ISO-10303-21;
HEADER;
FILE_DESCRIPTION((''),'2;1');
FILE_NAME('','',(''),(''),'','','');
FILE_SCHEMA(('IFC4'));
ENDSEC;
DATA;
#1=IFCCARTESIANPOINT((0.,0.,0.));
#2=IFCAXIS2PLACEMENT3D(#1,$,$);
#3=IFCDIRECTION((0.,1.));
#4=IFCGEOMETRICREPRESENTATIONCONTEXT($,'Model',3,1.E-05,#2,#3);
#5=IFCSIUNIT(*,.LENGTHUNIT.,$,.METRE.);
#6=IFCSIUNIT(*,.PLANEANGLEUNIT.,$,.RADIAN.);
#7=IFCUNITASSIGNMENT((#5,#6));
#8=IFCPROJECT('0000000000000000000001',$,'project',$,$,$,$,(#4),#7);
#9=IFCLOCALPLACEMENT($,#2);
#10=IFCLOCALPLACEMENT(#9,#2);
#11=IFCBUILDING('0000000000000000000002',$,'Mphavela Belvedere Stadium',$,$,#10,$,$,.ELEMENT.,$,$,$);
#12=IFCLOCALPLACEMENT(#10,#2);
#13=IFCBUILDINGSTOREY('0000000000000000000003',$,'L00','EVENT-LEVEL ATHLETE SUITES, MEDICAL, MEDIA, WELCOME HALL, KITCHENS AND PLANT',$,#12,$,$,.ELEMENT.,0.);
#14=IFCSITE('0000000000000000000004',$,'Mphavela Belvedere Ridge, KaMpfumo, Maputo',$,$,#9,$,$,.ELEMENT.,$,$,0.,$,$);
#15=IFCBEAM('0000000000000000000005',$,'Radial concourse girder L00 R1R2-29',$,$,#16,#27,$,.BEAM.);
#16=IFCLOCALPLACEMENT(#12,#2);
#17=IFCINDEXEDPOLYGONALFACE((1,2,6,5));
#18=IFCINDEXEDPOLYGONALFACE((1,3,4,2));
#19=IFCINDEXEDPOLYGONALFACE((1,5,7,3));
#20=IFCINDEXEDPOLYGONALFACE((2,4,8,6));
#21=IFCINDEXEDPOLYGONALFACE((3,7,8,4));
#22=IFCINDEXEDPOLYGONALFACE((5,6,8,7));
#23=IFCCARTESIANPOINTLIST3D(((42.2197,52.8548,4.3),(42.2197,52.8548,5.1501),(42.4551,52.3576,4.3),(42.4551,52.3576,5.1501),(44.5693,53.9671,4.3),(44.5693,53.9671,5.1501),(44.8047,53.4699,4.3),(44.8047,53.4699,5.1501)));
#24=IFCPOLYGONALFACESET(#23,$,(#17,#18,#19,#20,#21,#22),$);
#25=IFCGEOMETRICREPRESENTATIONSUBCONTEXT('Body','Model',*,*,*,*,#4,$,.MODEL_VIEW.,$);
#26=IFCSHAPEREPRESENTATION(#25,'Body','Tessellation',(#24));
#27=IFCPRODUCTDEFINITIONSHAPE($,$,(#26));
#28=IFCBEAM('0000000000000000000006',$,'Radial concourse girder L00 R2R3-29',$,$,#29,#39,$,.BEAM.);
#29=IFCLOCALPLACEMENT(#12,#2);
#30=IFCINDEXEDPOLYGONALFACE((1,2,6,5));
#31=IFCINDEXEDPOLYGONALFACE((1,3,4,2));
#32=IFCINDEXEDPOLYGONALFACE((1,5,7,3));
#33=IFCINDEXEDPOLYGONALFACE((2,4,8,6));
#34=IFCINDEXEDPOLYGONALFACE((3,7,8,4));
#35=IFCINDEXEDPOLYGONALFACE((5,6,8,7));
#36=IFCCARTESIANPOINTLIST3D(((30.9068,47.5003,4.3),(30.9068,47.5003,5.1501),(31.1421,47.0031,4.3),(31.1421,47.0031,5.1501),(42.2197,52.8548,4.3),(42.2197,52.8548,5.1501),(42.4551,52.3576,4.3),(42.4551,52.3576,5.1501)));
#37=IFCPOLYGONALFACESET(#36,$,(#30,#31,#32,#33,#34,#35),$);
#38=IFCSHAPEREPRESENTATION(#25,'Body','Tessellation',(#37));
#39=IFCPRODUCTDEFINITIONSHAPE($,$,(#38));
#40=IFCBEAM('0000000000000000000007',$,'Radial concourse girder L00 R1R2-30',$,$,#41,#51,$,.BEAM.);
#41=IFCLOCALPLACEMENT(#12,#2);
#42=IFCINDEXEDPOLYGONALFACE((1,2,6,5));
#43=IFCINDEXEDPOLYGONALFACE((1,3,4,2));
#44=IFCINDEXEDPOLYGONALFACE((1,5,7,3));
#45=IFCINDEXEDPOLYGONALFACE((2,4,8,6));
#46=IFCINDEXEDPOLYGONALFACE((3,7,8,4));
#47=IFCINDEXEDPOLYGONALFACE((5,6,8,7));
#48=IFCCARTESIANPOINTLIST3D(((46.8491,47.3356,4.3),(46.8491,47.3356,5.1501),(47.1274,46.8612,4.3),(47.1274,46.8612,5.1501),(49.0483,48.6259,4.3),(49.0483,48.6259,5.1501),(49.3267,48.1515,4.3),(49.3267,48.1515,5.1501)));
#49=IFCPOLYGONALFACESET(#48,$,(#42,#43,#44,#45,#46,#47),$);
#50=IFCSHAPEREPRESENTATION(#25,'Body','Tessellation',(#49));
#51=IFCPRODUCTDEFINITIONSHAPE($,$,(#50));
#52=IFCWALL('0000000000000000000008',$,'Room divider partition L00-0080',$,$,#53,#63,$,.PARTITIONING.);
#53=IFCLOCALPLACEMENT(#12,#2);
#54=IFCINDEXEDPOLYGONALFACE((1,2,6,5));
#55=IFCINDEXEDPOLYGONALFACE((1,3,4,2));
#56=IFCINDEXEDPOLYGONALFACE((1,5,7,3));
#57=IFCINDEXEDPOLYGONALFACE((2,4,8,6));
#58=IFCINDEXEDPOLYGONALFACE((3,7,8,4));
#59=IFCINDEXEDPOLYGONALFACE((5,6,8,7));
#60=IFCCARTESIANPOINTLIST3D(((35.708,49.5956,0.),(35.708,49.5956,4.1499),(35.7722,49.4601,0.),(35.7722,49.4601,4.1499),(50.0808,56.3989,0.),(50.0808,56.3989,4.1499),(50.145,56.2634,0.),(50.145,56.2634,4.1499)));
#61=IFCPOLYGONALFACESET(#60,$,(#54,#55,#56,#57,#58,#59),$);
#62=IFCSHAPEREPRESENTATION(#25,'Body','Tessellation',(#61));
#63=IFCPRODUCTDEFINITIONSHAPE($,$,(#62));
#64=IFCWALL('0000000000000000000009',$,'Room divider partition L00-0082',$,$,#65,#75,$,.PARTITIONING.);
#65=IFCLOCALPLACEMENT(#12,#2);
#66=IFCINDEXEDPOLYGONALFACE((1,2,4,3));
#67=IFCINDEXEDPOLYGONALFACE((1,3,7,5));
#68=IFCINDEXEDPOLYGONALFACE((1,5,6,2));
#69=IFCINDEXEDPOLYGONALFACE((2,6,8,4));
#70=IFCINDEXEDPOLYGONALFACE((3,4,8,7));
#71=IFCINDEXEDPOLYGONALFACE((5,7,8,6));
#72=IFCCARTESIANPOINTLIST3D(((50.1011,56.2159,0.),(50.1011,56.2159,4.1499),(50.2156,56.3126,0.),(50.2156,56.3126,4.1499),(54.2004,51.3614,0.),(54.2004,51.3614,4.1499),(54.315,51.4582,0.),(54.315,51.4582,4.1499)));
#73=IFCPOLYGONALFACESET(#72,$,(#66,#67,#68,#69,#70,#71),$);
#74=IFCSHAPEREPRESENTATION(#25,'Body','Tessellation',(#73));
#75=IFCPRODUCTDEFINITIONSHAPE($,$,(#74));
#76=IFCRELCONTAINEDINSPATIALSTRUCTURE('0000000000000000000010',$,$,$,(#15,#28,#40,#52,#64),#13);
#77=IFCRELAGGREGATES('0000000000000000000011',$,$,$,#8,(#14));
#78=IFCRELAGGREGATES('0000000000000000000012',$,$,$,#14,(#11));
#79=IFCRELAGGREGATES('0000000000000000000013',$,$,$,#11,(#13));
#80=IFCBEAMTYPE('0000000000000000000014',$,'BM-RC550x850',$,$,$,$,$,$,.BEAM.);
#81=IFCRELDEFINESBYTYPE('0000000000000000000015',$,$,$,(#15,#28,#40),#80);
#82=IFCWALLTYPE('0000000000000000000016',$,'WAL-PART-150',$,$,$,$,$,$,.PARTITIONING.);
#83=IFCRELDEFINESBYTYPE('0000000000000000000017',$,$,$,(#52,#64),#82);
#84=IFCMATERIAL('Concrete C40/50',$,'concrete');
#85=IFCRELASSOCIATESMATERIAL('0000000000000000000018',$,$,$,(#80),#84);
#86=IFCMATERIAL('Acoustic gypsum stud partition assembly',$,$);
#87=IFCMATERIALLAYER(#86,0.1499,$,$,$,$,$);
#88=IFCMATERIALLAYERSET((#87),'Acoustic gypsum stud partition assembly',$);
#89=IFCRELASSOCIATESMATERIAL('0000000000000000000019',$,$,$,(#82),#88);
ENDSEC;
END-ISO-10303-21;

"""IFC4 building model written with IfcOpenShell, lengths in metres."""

from ifc_helpers import new_model, si_unit, direction, frame, frame_2d, origin, origin_2d, place, context, subcontext, project, spatial, rectangle, extrude, material, layer, layer_set, material_profile, profile_set, type_object, element, save


model = new_model("IFC4")

# Units and contexts
model_context = context("Model", 3, precision=1e-05, world=origin(), true_north=direction((0.0, 1.0)))
body_context = subcontext(model_context, "Body", "Model", "MODEL_VIEW")
ifc_project = project(units=[si_unit("LENGTHUNIT", "METRE"), si_unit("PLANEANGLEUNIT", "RADIAN")], contexts=[model_context])

# Site, building, storey
site_placement = place(None, origin())
site = spatial("IfcSite", under=ifc_project, at=site_placement, Name="Mphavela Belvedere Ridge, KaMpfumo, Maputo", CompositionType="ELEMENT", RefElevation=0.0)
building_placement = place(site_placement, origin())
building = spatial("IfcBuilding", under=site, at=building_placement, Name="Mphavela Belvedere Stadium", CompositionType="ELEMENT")
storey_placement = place(building_placement, origin())
storey = spatial("IfcBuildingStorey", under=building, at=storey_placement, Name="L00", Description="EVENT-LEVEL ATHLETE SUITES, MEDICAL, MEDIA, WELCOME HALL, KITCHENS AND PLANT", CompositionType="ELEMENT", Elevation=0.0)

# Beams
ifc_material_1 = material(Name="Concrete C40/50", Category="concrete")
ifc_material_profile_1 = material_profile(ifc_material_1, rectangle(XDim=0.55, YDim=0.8501, at=origin_2d()), Name="RC 550x850")
ifc_profile_set_1 = profile_set([ifc_material_profile_1], Name="Concrete C40/50")
beam_type_1 = type_object("IfcBeamType", Name="BM-RC550x850", PredefinedType="BEAM", material=ifc_profile_set_1)
beam_1_placement = place(storey_placement, frame((44.687, 53.7185, 4.7251), z_axis=(-0.903837, -0.427876, 0.0), x_axis=(0.427876, -0.903837, 0.0)))
element("IfcBeam", 1, at=beam_1_placement, inside=storey, type_object=beam_type_1, Name="Radial concourse girder L00 R1R2-29", PredefinedType="BEAM", context=body_context, shape_type="SweptSolid", body=[
    extrude(rectangle(XDim=0.55, YDim=0.8501, at=origin_2d()), origin(), (0.0, 0.0, 1.0), 2.5996),
])
beam_2_placement = place(storey_placement, frame((42.3374, 52.6062, 4.7251), z_axis=(-0.90387, -0.427806, 0.0), x_axis=(0.427806, -0.90387, 0.0)))
element("IfcBeam", 2, at=beam_2_placement, inside=storey, type_object=beam_type_1, Name="Radial concourse girder L00 R2R3-29", PredefinedType="BEAM", context=body_context, shape_type="SweptSolid", body=[
    extrude(rectangle(XDim=0.55, YDim=0.8501, at=origin_2d()), origin(), (0.0, 0.0, 1.0), 12.5161),
])
beam_3_placement = place(storey_placement, frame((49.1875, 48.3887, 4.7251), z_axis=(-0.862512, -0.506036, 0.0), x_axis=(0.506036, -0.862512, 0.0)))
element("IfcBeam", 3, at=beam_3_placement, inside=storey, type_object=beam_type_1, Name="Radial concourse girder L00 R1R2-30", PredefinedType="BEAM", context=body_context, shape_type="SweptSolid", body=[
    extrude(rectangle(XDim=0.55, YDim=0.8501, at=origin_2d()), origin(), (0.0, 0.0, 1.0), 2.5498),
])

# Walls
ifc_material_2 = material(Name="Acoustic gypsum stud partition assembly")
ifc_layer = layer(ifc_material_2, 0.1499)
ifc_layer_set = layer_set([ifc_layer], Name="Acoustic gypsum stud partition assembly")
wall_type = type_object("IfcWallType", Name="WAL-PART-150", PredefinedType="PARTITIONING", material=ifc_layer_set)
wall_1_placement = place(storey_placement, frame((50.1128, 56.3311, 0.0), z_axis=(0.0, 0.0, 1.0), x_axis=(-0.903858, -0.427832, 0.0)))
element("IfcWall", 4, at=wall_1_placement, inside=storey, type_object=wall_type, Name="Room divider partition L00-0080", PredefinedType="PARTITIONING", context=body_context, shape_type="SweptSolid", body=[
    extrude(rectangle(XDim=15.9016, YDim=0.1499, at=frame_2d((7.9507, 0.0))), origin(), (0.0, 0.0, 1.0), 4.1499),
])
wall_2_placement = place(storey_placement, frame((50.1584, 56.2642, 0.0), z_axis=(0.0, 0.0, 1.0), x_axis=(0.645182, -0.764029, 0.0)))
element("IfcWall", 5, at=wall_2_placement, inside=storey, type_object=wall_type, Name="Room divider partition L00-0082", PredefinedType="PARTITIONING", context=body_context, shape_type="SweptSolid", body=[
    extrude(rectangle(XDim=6.3538, YDim=0.1499, at=frame_2d((3.1768, 0.0))), origin(), (0.0, 0.0, 1.0), 4.1499),
])

save(model, "model.ifc")
